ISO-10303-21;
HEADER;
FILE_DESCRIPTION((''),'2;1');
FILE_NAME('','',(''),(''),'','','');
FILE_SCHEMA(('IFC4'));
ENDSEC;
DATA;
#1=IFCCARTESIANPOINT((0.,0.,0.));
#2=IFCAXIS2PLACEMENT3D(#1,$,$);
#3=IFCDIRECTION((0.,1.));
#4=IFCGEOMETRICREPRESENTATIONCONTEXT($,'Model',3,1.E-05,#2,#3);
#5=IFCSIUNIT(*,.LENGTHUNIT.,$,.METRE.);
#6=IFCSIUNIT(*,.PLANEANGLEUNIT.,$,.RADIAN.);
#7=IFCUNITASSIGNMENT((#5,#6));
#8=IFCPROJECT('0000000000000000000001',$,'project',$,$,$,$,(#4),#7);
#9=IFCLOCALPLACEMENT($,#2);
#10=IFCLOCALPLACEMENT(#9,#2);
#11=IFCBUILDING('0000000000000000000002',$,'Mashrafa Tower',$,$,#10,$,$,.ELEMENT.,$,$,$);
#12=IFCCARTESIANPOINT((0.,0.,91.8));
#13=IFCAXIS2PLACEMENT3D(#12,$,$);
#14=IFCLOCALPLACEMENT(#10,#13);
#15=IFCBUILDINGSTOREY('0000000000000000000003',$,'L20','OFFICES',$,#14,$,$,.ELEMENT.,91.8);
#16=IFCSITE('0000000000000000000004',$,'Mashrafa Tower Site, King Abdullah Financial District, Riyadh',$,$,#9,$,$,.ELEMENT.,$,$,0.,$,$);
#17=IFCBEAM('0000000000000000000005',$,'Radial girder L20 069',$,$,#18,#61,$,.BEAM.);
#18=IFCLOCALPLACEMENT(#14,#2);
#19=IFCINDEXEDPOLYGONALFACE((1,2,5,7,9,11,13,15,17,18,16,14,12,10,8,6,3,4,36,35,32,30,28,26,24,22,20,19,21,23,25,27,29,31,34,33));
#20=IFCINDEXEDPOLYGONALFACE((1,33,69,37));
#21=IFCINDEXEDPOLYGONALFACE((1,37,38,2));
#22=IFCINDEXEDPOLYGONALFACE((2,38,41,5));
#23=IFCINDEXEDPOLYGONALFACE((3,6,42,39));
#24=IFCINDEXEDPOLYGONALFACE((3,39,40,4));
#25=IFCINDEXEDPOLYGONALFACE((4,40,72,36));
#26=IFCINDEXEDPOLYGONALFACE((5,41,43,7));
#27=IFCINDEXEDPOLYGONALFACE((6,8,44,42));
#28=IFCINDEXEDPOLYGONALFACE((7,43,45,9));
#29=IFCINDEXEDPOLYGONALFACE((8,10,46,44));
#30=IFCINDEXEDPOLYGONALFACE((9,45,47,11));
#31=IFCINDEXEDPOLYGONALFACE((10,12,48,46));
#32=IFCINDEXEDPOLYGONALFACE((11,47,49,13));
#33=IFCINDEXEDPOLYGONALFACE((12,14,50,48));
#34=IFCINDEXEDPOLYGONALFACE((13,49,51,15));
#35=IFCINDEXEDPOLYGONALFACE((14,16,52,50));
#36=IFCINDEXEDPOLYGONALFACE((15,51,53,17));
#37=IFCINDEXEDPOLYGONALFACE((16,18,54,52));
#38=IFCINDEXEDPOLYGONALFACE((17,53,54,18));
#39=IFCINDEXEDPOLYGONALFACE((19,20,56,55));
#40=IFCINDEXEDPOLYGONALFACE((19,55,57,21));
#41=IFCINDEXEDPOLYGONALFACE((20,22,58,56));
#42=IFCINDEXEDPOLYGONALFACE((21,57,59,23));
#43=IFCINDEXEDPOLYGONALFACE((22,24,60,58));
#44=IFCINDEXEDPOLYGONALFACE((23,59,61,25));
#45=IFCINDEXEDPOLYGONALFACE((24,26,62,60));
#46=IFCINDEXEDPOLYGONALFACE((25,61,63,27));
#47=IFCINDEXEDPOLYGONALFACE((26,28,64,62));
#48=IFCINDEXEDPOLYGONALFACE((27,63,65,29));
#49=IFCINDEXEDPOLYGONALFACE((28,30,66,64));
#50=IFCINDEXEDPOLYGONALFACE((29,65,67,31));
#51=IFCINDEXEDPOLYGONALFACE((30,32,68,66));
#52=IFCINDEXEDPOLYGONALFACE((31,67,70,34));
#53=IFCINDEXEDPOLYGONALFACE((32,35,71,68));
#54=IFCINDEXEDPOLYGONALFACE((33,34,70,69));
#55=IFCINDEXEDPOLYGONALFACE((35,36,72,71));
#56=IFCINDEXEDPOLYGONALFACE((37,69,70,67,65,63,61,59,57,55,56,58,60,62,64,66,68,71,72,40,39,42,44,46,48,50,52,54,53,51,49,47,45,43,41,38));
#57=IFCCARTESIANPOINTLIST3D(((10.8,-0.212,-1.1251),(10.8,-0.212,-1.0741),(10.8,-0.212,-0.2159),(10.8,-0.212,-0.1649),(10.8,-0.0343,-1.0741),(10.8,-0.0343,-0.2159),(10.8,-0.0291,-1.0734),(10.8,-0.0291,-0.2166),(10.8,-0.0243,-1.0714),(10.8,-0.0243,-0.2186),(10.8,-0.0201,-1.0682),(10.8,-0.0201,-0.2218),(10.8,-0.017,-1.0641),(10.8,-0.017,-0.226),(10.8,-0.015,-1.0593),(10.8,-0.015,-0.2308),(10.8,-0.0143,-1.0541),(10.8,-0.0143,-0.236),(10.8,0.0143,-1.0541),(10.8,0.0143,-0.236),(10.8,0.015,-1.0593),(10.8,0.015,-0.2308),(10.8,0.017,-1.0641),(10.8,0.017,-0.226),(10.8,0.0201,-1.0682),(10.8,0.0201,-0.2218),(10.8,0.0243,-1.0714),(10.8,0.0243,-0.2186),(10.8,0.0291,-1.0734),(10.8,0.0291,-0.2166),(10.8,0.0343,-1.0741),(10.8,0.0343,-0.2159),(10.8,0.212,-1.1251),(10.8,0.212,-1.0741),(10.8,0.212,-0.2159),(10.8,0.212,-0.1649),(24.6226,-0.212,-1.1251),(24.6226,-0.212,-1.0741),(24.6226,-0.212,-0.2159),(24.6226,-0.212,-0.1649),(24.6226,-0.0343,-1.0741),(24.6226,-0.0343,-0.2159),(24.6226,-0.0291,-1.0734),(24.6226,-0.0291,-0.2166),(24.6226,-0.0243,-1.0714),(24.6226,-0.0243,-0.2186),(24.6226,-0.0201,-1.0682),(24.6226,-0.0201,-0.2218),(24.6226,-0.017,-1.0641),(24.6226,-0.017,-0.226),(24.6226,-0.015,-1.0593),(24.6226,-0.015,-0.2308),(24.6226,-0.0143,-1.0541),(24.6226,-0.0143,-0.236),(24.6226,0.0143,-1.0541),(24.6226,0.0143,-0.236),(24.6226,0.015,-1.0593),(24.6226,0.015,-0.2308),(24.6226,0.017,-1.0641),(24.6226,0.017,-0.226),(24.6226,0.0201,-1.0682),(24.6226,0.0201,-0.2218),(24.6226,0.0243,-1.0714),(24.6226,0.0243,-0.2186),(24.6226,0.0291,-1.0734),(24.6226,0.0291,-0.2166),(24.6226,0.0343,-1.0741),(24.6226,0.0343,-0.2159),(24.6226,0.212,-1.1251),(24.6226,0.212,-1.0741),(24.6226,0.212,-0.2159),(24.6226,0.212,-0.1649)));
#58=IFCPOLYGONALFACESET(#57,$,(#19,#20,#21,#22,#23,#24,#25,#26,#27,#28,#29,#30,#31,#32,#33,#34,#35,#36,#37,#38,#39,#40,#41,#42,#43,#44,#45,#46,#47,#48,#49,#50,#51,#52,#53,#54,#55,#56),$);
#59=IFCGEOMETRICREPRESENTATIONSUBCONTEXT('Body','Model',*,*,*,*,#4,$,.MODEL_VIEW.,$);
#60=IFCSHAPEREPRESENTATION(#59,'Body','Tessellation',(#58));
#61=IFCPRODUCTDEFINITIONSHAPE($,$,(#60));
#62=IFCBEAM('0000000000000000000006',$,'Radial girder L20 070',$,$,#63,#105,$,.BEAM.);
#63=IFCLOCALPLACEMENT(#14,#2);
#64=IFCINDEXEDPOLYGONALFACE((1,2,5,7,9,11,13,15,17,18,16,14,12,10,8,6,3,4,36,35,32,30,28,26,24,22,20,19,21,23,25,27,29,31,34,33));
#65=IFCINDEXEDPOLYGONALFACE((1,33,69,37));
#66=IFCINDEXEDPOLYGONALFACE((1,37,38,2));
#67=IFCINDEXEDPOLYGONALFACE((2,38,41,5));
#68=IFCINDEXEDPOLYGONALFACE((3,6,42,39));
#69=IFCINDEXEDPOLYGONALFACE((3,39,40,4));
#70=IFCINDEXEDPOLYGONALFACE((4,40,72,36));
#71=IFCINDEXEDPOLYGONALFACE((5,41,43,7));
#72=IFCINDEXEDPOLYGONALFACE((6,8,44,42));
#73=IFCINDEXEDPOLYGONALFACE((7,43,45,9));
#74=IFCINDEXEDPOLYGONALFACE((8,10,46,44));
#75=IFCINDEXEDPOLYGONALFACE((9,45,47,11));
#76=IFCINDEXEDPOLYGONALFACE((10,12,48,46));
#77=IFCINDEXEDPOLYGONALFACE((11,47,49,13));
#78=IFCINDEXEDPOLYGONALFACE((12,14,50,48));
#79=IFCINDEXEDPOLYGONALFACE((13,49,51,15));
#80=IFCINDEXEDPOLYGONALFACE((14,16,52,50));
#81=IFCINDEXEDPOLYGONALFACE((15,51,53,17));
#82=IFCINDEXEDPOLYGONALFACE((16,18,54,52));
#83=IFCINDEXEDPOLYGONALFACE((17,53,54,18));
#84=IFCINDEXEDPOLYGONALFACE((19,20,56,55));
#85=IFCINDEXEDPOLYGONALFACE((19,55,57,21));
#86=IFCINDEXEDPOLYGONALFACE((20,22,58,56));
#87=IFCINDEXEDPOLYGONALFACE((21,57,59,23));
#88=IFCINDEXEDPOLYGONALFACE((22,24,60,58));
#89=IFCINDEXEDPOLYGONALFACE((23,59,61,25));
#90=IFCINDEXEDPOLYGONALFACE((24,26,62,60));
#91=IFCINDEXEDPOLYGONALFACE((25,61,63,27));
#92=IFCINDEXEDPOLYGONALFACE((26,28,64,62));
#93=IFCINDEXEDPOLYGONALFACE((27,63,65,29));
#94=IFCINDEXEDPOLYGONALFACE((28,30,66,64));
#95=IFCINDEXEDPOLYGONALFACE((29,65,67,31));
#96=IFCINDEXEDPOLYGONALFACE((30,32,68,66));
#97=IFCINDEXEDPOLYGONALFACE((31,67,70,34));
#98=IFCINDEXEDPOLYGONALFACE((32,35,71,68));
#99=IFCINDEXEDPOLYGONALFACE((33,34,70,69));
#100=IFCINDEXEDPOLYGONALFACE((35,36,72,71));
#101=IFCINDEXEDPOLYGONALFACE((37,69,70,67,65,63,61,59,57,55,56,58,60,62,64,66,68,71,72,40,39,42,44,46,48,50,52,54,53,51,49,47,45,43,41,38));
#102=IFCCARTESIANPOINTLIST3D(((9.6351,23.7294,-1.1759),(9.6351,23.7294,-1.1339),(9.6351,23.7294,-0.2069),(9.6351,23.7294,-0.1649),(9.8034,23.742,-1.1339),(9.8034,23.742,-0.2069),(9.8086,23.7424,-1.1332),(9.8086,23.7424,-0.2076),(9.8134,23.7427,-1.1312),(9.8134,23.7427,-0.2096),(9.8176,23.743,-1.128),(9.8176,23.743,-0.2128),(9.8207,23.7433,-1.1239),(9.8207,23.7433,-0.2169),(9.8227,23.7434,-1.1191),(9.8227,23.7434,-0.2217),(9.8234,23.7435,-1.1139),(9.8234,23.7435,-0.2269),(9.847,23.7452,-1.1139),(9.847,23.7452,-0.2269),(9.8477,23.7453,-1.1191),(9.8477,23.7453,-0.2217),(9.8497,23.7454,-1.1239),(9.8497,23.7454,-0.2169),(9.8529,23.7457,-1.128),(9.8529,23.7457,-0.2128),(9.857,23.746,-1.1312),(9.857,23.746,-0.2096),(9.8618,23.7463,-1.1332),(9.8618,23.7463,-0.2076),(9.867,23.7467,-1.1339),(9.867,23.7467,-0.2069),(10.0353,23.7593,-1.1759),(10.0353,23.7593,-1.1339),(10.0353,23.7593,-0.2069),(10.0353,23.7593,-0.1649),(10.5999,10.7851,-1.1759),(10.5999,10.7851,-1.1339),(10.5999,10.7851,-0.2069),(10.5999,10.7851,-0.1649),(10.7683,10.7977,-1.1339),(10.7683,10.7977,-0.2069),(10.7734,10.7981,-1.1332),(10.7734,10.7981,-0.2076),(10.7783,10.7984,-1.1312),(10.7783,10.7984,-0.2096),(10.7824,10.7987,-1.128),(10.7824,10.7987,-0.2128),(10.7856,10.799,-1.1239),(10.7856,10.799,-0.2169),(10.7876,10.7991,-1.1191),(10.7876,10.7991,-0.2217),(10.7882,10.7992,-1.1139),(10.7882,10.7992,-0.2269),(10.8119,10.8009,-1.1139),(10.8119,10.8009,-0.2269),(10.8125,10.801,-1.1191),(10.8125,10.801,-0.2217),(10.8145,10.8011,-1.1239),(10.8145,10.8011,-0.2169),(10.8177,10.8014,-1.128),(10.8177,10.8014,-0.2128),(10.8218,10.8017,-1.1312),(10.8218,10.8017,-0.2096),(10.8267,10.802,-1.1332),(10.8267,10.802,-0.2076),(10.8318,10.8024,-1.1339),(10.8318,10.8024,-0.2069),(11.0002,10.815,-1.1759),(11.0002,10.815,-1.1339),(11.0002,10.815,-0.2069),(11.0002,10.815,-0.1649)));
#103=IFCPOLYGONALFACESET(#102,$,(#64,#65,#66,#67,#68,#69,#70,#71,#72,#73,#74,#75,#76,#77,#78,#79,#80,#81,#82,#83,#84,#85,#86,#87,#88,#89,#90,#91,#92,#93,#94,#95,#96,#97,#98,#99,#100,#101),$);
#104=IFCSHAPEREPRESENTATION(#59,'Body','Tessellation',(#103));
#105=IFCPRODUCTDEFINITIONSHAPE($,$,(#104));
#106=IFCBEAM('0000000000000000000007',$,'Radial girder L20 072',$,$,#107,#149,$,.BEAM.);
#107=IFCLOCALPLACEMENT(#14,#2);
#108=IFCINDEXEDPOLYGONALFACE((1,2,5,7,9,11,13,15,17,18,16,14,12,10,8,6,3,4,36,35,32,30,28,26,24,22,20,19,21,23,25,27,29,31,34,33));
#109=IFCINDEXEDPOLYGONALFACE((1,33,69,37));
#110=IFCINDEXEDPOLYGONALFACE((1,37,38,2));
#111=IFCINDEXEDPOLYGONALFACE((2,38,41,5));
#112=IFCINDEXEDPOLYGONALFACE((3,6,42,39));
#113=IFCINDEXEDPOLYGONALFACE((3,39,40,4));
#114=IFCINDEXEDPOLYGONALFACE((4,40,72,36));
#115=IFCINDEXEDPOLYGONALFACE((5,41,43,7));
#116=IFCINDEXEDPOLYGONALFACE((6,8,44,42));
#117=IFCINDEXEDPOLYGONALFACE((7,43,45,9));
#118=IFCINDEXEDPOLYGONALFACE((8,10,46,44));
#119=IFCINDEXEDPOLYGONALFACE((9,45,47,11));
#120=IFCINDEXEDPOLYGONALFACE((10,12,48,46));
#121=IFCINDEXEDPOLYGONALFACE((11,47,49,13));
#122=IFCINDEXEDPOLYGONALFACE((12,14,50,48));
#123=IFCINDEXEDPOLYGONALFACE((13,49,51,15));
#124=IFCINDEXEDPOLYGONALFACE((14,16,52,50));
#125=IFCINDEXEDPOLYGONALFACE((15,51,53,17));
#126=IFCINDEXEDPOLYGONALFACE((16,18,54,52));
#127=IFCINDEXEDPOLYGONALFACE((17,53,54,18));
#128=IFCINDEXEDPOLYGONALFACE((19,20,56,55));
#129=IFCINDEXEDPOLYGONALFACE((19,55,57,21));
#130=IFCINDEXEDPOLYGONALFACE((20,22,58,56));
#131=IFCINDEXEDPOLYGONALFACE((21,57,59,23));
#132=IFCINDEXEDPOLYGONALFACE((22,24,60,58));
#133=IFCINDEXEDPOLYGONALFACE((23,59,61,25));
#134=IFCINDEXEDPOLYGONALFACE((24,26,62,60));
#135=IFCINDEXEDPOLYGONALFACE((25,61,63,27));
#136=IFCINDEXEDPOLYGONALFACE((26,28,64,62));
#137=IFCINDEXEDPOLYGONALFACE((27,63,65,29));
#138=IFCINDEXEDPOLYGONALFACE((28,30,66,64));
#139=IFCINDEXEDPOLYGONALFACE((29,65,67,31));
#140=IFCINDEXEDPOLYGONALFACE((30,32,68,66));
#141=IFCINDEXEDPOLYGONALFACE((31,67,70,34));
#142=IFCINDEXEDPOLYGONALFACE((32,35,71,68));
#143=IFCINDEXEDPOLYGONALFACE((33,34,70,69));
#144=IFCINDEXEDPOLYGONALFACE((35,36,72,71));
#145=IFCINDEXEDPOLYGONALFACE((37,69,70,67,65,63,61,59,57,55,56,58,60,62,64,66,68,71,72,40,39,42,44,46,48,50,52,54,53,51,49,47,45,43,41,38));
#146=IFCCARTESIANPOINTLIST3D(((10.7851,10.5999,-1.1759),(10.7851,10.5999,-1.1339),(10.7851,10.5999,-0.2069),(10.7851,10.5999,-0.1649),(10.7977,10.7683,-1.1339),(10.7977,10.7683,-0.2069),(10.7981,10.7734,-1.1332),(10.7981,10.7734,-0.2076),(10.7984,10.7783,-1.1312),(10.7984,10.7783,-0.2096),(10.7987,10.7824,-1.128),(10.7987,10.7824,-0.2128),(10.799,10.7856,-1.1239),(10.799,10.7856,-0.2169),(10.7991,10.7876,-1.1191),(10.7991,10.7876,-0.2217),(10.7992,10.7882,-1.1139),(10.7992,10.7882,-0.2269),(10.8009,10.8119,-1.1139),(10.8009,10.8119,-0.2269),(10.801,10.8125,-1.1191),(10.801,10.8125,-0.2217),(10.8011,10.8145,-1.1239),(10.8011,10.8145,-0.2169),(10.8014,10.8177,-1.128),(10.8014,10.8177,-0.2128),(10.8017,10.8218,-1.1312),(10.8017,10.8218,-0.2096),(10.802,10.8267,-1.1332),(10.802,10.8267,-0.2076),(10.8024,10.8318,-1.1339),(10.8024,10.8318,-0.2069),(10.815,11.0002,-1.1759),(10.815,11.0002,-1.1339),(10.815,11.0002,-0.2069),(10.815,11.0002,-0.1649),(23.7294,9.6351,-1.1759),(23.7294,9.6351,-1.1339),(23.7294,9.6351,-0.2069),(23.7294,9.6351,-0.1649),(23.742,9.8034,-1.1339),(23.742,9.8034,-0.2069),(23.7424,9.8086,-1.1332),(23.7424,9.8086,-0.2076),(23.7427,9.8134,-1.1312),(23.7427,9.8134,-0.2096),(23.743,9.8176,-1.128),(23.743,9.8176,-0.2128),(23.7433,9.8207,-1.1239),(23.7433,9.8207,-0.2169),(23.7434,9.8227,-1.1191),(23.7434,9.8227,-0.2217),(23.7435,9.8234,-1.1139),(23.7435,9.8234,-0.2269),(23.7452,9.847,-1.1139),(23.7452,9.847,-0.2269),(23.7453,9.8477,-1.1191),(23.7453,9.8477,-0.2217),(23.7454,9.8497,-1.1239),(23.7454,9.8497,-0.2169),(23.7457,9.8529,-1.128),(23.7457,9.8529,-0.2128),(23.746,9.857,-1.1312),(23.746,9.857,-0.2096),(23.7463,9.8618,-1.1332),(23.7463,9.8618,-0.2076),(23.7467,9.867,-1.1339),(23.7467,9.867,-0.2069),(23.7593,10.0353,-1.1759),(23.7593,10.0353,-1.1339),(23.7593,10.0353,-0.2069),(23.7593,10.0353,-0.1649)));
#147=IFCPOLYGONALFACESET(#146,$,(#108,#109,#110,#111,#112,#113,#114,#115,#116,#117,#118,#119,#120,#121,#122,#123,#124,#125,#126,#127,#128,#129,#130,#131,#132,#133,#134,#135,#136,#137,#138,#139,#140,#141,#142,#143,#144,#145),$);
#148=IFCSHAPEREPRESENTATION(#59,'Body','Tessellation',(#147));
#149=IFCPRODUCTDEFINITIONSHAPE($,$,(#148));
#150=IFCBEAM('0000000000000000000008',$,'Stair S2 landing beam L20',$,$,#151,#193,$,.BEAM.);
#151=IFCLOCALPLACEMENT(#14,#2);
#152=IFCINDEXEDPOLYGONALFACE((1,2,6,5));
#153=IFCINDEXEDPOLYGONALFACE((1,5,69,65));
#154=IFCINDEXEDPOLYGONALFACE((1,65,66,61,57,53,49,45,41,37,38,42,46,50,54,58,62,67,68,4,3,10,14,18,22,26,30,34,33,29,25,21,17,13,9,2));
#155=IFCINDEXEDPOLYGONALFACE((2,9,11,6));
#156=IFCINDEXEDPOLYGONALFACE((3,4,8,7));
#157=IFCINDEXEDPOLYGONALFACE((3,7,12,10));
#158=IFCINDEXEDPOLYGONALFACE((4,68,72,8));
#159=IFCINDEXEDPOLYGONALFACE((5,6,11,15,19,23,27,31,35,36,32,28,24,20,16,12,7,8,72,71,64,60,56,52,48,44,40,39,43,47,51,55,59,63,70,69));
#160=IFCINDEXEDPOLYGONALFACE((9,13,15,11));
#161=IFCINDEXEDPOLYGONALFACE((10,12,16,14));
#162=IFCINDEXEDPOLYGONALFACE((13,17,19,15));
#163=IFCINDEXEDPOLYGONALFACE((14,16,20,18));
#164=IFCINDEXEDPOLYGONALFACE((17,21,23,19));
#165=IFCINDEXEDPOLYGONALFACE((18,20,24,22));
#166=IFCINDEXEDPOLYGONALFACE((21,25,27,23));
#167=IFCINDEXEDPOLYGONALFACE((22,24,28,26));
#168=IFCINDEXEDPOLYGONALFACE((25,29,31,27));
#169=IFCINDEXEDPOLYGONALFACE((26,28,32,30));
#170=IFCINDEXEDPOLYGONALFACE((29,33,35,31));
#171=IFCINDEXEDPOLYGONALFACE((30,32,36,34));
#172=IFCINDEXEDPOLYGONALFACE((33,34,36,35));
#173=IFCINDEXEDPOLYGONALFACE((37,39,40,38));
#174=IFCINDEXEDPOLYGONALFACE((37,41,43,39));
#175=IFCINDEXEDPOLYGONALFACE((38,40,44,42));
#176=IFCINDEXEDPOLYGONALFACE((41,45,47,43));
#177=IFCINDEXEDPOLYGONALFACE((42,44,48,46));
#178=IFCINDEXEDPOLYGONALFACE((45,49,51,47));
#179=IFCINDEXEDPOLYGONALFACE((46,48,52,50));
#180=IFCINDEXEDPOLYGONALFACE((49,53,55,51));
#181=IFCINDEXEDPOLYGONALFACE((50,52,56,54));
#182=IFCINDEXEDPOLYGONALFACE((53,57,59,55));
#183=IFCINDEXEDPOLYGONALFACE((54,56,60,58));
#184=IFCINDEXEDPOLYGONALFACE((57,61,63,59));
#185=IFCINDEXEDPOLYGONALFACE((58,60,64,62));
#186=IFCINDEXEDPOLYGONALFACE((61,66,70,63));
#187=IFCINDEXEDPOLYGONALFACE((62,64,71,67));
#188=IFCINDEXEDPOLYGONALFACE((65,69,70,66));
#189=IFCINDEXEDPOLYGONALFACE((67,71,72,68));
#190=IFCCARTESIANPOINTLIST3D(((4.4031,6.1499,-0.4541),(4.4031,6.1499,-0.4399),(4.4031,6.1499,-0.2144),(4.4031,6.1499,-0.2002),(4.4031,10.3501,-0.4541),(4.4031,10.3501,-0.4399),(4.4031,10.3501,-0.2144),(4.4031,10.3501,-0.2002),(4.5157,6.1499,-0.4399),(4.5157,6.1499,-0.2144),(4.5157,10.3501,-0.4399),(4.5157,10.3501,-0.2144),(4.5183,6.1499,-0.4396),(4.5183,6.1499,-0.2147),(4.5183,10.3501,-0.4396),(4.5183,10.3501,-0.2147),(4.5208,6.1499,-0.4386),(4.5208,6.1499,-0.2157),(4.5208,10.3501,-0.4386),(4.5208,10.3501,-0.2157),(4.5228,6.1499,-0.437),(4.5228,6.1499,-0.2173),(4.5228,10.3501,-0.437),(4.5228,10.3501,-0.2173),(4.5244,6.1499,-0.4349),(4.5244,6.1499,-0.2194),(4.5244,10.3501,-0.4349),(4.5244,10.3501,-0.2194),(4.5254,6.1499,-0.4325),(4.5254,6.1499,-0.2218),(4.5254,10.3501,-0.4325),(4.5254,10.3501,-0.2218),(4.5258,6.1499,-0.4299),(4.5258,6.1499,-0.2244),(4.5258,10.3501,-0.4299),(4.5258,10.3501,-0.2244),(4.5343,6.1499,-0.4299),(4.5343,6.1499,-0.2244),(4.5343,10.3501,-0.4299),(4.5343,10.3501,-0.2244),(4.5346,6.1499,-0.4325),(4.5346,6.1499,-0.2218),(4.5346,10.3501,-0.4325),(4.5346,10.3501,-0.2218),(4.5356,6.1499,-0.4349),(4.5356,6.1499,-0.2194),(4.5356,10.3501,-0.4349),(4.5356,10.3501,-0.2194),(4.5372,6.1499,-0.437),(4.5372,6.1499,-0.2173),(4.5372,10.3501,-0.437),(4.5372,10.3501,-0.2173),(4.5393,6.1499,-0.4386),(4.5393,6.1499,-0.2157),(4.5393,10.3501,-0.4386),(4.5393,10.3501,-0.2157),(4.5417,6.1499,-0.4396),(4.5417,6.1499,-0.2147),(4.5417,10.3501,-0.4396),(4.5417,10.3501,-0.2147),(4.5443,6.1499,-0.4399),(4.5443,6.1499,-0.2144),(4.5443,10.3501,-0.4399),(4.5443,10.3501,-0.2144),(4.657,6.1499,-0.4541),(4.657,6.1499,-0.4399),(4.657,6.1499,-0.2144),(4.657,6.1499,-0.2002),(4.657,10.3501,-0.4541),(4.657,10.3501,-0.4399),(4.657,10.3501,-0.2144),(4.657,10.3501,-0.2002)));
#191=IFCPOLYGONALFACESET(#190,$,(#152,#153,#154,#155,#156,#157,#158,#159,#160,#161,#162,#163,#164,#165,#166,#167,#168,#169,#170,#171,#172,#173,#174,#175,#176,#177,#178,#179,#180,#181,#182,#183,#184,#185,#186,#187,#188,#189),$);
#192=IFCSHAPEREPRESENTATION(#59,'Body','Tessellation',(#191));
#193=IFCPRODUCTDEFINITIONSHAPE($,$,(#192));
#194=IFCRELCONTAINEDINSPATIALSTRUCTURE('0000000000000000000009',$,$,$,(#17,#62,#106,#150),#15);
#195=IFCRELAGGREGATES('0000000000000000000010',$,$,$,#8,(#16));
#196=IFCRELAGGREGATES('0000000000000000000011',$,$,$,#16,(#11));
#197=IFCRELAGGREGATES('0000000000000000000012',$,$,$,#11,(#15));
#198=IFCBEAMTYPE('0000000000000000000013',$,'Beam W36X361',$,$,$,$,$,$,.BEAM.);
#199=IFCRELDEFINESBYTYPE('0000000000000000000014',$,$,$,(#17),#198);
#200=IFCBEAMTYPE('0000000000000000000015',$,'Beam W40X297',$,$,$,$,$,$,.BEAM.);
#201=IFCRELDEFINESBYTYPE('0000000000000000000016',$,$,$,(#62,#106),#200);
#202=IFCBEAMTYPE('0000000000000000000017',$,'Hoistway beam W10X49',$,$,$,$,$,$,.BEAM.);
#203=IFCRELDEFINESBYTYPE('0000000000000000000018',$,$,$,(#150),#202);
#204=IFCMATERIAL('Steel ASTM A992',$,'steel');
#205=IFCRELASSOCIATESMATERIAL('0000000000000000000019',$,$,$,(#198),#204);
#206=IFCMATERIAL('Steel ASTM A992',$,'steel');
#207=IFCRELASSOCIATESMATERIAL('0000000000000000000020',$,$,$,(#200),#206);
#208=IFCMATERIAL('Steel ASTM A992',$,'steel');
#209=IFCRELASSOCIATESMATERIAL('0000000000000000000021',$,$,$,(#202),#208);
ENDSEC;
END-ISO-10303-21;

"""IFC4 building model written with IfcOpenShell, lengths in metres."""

from ifc_helpers import new_model, si_unit, direction, frame, origin, origin_2d, place, context, subcontext, project, spatial, i_section, extrude, material, material_profile, profile_set, type_object, element, save


model = new_model("IFC4")

# Units and contexts
model_context = context("Model", 3, precision=1e-05, world=origin(), true_north=direction((0.0, 1.0)))
body_context = subcontext(model_context, "Body", "Model", "MODEL_VIEW")
ifc_project = project(units=[si_unit("LENGTHUNIT", "METRE"), si_unit("PLANEANGLEUNIT", "RADIAN")], contexts=[model_context])

# Site, building, storey
site_placement = place(None, origin())
site = spatial("IfcSite", under=ifc_project, at=site_placement, Name="Mashrafa Tower Site, King Abdullah Financial District, Riyadh", CompositionType="ELEMENT", RefElevation=0.0)
building_placement = place(site_placement, origin())
building = spatial("IfcBuilding", under=site, at=building_placement, Name="Mashrafa Tower", CompositionType="ELEMENT")
storey_placement = place(building_placement, frame((0.0, 0.0, 91.8)))
storey = spatial("IfcBuildingStorey", under=building, at=storey_placement, Name="L20", Description="OFFICES", CompositionType="ELEMENT", Elevation=91.8)

# Beams
ifc_material_1 = material(Name="Steel ASTM A992", Category="steel")
ifc_material_profile_1 = material_profile(ifc_material_1, i_section(OverallWidth=0.4241, OverallDepth=0.9602, WebThickness=0.0286, FlangeThickness=0.051, FilletRadius=0.02, at=origin_2d()), Name="W36X361")
ifc_profile_set_1 = profile_set([ifc_material_profile_1], Name="Steel ASTM A992")
beam_type_1 = type_object("IfcBeamType", Name="Beam W36X361", PredefinedType="BEAM", material=ifc_profile_set_1)
beam_1_placement = place(storey_placement, frame((10.8, 0.0, -0.645), z_axis=(1.0, 0.0, 0.0), x_axis=(0.0, 1.0, 0.0)))
element("IfcBeam", 1, at=beam_1_placement, inside=storey, type_object=beam_type_1, Name="Radial girder L20 069", PredefinedType="BEAM", context=body_context, shape_type="SweptSolid", body=[
    extrude(i_section(OverallWidth=0.4241, OverallDepth=0.9602, WebThickness=0.0286, FlangeThickness=0.051, FilletRadius=0.02, at=origin_2d()), origin(), (0.0, 0.0, 1.0), 13.8225),
])
ifc_material_2 = material(Name="Steel ASTM A992", Category="steel")
ifc_material_profile_2 = material_profile(ifc_material_2, i_section(OverallWidth=0.4014, OverallDepth=1.011, WebThickness=0.0237, FlangeThickness=0.042, FilletRadius=0.02, at=origin_2d()), Name="W40X297")
ifc_profile_set_2 = profile_set([ifc_material_profile_2], Name="Steel ASTM A992")
beam_type_2 = type_object("IfcBeamType", Name="Beam W40X297", PredefinedType="BEAM", material=ifc_profile_set_2)
for number, where, z_axis, x_axis, name in (
    (2, (10.8, 10.8, -0.6704), (-0.074332, 0.997234, 0.0), (-0.997234, -0.074332, 0.0), "Radial girder L20 070"),
    (3, (10.8, 10.8, -0.6704), (0.997234, -0.074332, 0.0), (0.074332, 0.997234, 0.0), "Radial girder L20 072"),
):
    element("IfcBeam", number, at=place(storey_placement, frame(where, z_axis=z_axis, x_axis=x_axis)), inside=storey, type_object=beam_type_2, Name=name, PredefinedType="BEAM", context=body_context, shape_type="SweptSolid", body=[
        extrude(i_section(OverallWidth=0.4014, OverallDepth=1.011, WebThickness=0.0237, FlangeThickness=0.042, FilletRadius=0.02, at=origin_2d()), origin(), (0.0, 0.0, 1.0), 12.9802),
    ])
ifc_material_3 = material(Name="Steel ASTM A992", Category="steel")
ifc_material_profile_3 = material_profile(ifc_material_3, i_section(OverallWidth=0.2539, OverallDepth=0.2539, WebThickness=0.0085, FlangeThickness=0.0142, FilletRadius=0.01, at=origin_2d()), Name="W10X49")
ifc_profile_set_3 = profile_set([ifc_material_profile_3], Name="Steel ASTM A992")
beam_type_3 = type_object("IfcBeamType", Name="Hoistway beam W10X49", PredefinedType="BEAM", material=ifc_profile_set_3)
beam_2_placement = place(storey_placement, frame((4.53, 6.1499, -0.3271), z_axis=(0.0, 1.0, 0.0), x_axis=(-1.0, 0.0, 0.0)))
element("IfcBeam", 4, at=beam_2_placement, inside=storey, type_object=beam_type_3, Name="Stair S2 landing beam L20", PredefinedType="BEAM", context=body_context, shape_type="SweptSolid", body=[
    extrude(i_section(OverallWidth=0.2539, OverallDepth=0.2539, WebThickness=0.0085, FlangeThickness=0.0142, FilletRadius=0.01, at=origin_2d()), origin(), (0.0, 0.0, 1.0), 4.2002),
])

save(model, "model.ifc")
